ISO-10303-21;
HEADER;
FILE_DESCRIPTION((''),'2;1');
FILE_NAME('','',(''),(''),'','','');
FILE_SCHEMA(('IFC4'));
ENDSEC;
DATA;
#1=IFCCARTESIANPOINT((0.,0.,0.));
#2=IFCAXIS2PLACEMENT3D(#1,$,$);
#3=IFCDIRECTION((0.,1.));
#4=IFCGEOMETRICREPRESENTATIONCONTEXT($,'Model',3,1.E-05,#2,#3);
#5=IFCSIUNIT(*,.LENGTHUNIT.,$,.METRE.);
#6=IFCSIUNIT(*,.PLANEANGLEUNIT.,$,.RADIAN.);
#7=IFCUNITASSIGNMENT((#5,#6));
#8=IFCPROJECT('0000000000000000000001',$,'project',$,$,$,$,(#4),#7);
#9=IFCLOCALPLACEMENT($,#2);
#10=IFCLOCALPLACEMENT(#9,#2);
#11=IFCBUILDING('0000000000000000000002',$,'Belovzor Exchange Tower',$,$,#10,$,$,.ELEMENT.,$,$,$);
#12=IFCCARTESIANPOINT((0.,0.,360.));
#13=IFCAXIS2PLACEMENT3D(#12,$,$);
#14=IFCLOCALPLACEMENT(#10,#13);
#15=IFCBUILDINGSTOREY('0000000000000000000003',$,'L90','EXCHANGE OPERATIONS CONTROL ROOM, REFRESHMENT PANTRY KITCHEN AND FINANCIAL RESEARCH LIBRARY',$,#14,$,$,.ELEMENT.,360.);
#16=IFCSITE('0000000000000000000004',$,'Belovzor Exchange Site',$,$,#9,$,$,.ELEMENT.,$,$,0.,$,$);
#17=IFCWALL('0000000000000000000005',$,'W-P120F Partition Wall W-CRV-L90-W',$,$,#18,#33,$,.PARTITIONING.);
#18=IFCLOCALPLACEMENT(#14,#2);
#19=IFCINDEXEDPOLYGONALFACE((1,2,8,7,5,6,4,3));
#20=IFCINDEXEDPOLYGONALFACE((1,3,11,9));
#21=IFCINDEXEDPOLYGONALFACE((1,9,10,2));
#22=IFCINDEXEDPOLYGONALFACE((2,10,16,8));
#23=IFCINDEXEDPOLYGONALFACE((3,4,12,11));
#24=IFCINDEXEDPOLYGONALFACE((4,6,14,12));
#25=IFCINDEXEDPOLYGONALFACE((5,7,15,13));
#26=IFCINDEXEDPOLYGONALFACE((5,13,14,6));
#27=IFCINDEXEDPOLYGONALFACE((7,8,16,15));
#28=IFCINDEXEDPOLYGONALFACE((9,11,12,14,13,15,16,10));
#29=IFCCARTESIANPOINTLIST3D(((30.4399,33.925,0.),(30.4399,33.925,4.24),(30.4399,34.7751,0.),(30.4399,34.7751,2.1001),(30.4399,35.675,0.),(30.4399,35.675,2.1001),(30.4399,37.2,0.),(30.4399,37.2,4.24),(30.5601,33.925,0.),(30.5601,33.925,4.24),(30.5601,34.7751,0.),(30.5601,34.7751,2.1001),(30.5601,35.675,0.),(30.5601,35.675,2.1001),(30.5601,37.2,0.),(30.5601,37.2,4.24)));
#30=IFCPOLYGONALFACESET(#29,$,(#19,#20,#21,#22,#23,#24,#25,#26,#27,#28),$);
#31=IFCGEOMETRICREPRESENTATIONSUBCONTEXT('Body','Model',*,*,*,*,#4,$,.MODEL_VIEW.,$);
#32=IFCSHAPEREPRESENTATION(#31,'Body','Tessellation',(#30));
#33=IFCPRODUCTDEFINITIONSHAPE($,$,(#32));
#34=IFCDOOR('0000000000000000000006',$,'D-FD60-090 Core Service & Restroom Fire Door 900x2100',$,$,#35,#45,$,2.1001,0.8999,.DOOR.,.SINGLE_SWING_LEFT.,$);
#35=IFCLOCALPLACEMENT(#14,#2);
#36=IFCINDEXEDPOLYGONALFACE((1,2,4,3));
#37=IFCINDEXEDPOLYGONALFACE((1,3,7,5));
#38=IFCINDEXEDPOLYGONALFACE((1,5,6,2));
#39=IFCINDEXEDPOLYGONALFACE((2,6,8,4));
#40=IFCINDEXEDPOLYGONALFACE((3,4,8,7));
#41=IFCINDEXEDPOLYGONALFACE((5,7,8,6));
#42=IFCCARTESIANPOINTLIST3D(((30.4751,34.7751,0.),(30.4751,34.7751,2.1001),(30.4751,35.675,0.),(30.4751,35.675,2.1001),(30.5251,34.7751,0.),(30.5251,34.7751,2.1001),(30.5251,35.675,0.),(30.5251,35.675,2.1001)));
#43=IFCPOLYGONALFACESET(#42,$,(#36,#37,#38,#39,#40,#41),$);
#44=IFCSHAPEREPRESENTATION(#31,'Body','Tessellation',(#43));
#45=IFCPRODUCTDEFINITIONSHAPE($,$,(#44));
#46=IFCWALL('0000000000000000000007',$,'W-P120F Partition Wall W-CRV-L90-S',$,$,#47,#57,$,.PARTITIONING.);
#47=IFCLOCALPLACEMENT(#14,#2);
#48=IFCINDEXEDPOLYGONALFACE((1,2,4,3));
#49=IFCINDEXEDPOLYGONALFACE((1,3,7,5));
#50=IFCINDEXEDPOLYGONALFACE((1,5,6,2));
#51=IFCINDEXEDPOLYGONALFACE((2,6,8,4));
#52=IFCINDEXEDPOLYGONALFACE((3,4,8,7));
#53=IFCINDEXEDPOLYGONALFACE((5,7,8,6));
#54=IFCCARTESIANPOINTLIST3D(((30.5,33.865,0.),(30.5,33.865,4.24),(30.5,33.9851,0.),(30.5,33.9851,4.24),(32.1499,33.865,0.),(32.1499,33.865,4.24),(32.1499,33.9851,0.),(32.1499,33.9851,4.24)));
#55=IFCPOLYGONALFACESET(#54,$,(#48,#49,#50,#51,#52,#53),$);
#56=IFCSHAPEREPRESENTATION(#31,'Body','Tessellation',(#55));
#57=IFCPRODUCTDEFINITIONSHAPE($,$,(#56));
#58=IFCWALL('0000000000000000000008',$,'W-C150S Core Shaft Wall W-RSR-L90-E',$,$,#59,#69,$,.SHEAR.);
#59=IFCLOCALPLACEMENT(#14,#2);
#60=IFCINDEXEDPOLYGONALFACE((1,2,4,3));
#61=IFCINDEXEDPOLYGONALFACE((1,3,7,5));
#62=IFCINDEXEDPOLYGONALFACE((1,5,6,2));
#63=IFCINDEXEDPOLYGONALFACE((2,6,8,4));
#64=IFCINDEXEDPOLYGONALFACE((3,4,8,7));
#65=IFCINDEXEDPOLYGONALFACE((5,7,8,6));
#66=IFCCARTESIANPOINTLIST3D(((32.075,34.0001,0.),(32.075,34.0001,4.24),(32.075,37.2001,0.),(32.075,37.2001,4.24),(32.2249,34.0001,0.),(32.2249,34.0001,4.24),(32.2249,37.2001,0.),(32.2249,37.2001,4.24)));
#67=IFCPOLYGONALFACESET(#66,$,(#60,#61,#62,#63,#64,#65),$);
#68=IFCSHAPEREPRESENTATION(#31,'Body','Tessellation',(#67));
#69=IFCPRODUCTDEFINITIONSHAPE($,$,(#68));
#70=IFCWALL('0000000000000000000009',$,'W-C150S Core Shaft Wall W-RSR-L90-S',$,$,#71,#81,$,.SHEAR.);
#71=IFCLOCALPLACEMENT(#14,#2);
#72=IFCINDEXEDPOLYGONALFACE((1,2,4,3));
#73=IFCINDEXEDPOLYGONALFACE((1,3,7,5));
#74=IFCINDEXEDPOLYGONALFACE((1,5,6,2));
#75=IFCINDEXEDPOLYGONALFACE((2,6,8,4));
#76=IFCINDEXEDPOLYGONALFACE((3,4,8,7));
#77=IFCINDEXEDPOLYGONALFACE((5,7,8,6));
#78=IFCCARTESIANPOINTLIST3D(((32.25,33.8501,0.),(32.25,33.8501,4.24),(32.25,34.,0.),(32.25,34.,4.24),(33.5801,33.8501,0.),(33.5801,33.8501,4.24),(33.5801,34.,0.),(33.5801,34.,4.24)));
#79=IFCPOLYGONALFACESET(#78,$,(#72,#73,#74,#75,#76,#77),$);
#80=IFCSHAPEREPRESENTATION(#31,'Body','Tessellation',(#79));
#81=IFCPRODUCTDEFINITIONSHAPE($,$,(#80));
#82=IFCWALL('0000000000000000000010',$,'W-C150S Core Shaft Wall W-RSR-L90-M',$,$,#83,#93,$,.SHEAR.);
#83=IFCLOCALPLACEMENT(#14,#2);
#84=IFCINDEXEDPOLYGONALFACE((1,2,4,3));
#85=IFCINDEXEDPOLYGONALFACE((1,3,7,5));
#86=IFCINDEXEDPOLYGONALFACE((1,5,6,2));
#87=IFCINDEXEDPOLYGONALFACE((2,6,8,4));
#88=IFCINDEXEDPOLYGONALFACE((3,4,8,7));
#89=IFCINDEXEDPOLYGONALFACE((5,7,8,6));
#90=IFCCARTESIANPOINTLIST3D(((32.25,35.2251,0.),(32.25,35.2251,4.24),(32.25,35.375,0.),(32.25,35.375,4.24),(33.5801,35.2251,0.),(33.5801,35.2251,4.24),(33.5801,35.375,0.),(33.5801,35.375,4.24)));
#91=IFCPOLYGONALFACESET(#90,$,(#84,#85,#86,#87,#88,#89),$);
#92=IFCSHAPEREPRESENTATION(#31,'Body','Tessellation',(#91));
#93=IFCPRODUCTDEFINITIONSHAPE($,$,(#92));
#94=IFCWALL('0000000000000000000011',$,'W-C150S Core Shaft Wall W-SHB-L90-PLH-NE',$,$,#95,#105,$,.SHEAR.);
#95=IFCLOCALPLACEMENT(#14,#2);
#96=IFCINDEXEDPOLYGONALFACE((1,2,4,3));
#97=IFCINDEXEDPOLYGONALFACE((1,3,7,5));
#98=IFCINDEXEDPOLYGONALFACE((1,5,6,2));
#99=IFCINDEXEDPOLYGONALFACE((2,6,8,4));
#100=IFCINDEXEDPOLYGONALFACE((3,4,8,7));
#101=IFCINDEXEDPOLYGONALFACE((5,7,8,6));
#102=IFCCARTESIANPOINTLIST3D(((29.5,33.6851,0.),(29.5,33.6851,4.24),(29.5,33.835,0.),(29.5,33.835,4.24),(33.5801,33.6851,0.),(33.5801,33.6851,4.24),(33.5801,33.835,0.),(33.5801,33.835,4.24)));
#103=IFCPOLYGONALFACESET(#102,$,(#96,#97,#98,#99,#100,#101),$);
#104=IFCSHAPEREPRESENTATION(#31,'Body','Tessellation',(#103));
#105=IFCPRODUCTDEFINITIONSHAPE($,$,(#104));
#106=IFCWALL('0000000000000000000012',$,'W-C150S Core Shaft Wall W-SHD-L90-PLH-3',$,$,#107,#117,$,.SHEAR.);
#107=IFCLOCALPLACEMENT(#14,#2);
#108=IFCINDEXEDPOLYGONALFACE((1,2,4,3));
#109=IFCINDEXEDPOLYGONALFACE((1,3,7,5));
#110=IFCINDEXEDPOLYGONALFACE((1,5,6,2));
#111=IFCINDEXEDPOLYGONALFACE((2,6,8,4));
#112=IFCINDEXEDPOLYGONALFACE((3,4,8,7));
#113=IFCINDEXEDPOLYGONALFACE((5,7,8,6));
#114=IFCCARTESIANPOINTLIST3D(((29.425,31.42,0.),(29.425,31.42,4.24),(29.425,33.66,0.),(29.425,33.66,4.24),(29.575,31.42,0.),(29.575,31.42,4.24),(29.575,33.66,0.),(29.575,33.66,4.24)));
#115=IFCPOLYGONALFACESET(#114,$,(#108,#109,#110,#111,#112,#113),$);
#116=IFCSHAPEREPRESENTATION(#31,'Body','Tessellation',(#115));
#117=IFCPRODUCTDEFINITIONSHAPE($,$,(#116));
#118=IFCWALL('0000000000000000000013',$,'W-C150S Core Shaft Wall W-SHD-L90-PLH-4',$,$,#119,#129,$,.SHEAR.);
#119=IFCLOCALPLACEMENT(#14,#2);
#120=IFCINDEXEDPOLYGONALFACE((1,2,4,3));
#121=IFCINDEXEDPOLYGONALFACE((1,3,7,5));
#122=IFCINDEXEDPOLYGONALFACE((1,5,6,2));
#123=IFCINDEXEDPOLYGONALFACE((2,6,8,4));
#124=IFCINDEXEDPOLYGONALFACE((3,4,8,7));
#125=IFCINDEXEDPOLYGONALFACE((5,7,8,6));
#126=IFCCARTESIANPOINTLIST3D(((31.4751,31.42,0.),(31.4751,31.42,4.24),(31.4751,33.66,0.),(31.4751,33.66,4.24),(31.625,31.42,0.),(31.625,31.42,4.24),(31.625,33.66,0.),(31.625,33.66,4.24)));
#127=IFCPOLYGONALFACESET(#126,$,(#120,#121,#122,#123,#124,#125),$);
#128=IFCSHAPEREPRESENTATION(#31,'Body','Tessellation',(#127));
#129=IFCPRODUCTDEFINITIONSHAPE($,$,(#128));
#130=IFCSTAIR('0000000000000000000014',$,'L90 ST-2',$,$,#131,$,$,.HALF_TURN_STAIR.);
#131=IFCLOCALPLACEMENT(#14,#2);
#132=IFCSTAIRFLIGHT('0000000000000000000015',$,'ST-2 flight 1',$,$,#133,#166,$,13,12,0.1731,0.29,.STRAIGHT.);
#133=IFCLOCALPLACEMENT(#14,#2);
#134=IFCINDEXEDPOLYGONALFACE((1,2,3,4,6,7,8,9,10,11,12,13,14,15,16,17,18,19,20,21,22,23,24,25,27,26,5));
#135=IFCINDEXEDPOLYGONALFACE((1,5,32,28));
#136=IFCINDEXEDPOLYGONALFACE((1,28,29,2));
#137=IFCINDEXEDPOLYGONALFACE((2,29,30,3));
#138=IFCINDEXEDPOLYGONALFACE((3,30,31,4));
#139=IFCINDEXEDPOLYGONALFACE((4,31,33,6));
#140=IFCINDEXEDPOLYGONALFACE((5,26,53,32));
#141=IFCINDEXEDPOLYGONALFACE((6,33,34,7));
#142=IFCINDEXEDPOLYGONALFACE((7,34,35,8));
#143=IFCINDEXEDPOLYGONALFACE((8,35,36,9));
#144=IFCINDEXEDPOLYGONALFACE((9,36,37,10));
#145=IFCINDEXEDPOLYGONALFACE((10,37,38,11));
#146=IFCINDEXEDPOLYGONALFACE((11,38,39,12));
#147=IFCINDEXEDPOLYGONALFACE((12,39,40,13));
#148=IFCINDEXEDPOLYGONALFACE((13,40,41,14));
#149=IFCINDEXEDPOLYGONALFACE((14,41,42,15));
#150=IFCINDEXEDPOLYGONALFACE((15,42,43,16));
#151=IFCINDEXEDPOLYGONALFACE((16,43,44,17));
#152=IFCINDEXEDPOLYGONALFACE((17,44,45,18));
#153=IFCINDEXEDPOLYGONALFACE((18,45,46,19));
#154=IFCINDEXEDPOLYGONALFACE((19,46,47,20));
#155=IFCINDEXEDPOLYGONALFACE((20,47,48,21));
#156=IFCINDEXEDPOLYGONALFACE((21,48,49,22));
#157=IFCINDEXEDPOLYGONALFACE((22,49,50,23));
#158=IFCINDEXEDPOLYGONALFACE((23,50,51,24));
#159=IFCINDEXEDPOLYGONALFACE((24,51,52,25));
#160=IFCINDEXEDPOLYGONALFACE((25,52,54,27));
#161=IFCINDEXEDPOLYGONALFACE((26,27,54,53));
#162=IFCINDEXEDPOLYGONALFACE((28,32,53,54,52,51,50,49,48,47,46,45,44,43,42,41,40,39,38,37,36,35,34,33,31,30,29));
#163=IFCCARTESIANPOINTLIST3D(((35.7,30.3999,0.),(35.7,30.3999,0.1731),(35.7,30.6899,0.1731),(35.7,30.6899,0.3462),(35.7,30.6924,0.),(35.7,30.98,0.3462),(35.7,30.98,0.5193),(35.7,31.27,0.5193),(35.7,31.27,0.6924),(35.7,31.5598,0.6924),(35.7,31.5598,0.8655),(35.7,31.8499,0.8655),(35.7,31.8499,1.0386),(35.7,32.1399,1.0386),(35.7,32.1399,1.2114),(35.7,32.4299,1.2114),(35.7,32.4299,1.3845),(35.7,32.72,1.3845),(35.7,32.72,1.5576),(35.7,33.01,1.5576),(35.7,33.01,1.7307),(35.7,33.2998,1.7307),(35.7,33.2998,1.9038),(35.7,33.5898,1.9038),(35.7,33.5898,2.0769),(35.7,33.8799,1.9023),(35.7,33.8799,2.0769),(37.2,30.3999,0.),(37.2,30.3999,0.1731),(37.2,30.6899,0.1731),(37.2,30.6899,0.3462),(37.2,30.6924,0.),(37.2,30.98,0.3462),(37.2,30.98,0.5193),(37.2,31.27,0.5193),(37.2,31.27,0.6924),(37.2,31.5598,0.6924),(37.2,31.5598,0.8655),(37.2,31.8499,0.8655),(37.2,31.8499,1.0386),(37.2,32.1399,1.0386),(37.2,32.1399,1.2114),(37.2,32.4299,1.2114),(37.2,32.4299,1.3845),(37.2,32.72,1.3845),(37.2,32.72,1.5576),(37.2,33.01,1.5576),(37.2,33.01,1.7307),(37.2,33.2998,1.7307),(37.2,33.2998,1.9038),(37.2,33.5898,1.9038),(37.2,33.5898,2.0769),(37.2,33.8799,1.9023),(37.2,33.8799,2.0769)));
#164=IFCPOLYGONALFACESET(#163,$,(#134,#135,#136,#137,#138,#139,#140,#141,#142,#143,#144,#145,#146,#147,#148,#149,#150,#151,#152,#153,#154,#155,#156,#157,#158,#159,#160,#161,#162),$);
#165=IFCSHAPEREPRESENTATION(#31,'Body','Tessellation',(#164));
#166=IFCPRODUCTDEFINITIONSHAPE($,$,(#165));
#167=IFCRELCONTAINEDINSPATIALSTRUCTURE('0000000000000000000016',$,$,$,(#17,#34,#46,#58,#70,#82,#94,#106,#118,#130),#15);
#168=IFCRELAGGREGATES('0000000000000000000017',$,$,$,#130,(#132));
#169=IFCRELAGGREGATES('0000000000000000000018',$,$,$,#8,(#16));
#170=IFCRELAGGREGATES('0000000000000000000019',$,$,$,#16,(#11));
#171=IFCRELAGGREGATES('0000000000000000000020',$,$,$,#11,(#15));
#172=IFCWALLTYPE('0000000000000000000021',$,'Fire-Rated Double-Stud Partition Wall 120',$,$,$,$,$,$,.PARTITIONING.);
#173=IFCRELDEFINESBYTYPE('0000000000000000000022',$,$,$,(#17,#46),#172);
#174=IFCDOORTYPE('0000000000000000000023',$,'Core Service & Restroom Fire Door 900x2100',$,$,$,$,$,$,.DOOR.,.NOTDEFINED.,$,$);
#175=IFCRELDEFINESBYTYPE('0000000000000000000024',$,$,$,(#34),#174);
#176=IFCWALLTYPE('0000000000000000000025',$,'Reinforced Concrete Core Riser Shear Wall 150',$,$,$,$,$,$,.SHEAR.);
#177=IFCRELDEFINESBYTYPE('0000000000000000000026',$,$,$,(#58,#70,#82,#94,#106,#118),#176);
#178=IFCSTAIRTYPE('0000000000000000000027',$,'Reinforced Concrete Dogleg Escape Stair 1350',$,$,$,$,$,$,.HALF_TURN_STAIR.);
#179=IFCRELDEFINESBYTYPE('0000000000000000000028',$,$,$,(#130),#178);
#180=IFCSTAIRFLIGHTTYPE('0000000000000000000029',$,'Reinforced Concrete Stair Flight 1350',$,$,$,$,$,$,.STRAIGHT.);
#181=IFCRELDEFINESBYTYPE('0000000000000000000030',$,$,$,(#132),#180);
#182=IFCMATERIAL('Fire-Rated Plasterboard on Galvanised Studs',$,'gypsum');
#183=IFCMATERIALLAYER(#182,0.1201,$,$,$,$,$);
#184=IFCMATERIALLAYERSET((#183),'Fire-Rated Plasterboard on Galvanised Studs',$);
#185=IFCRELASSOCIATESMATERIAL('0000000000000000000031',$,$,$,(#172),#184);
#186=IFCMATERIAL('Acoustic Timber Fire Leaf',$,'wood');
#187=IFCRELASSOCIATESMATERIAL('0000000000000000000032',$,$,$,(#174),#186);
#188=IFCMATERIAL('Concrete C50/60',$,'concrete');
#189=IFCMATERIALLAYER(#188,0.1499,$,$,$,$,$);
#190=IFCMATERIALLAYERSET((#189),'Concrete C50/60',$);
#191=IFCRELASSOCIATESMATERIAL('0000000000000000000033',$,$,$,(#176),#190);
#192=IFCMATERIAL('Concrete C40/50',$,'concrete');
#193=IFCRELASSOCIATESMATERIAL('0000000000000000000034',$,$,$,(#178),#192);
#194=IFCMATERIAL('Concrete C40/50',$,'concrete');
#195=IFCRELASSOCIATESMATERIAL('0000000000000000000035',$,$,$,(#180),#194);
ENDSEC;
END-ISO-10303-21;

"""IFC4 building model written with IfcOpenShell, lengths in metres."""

from ifc_helpers import new_model, si_unit, direction, frame, frame_2d, origin, place, context, subcontext, project, spatial, polyline, rectangle, outline, extrude, material, layer, layer_set, type_object, element, fill, aggregate, save


model = new_model("IFC4")

# Units and contexts
model_context = context("Model", 3, precision=1e-05, world=origin(), true_north=direction((0.0, 1.0)))
body_context = subcontext(model_context, "Body", "Model", "MODEL_VIEW")
ifc_project = project(units=[si_unit("LENGTHUNIT", "METRE"), si_unit("PLANEANGLEUNIT", "RADIAN")], contexts=[model_context])

# Site, building, storey
site_placement = place(None, origin())
site = spatial("IfcSite", under=ifc_project, at=site_placement, Name="Belovzor Exchange Site", CompositionType="ELEMENT", RefElevation=0.0)
building_placement = place(site_placement, origin())
building = spatial("IfcBuilding", under=site, at=building_placement, Name="Belovzor Exchange Tower", CompositionType="ELEMENT")
storey_placement = place(building_placement, frame((0.0, 0.0, 360.0)))
storey = spatial("IfcBuildingStorey", under=building, at=storey_placement, Name="L90", Description="EXCHANGE OPERATIONS CONTROL ROOM, REFRESHMENT PANTRY KITCHEN AND FINANCIAL RESEARCH LIBRARY", CompositionType="ELEMENT", Elevation=360.0)

# Wall, opening, door
ifc_material_1 = material(Name="Fire-Rated Plasterboard on Galvanised Studs", Category="gypsum")
ifc_layer_1 = layer(ifc_material_1, 0.1201)
ifc_layer_set_1 = layer_set([ifc_layer_1], Name="Fire-Rated Plasterboard on Galvanised Studs")
wall_type_1 = type_object("IfcWallType", Name="Fire-Rated Double-Stud Partition Wall 120", PredefinedType="PARTITIONING", material=ifc_layer_set_1)
wall_1_placement = place(storey_placement, frame((30.5, 33.925, 0.0), z_axis=(0.0, 0.0, 1.0), x_axis=(0.0, 1.0, 0.0)))
wall_1 = element("IfcWall", 1, at=wall_1_placement, inside=storey, type_object=wall_type_1, Name="W-P120F Partition Wall W-CRV-L90-W", PredefinedType="PARTITIONING", context=body_context, shape_type="SweptSolid", body=[
    extrude(rectangle(XDim=3.2749, YDim=0.1201, at=frame_2d((1.6375, 0.0))), origin(), (0.0, 0.0, 1.0), 4.24),
])
opening_1_placement = place(wall_1_placement, frame((0.8501, 0.0, 0.0)))
opening_1 = element("IfcOpeningElement", 2, at=opening_1_placement, cuts=wall_1, PredefinedType="OPENING", context=body_context, shape_type="SweptSolid", body=[
    extrude(rectangle(XDim=0.8999, YDim=2.1001, at=frame_2d((0.45, 1.05))), frame((0.0, 0.0701, 0.0), z_axis=(0.0, -1.0, 0.0), x_axis=(1.0, 0.0, 0.0)), (0.0, 0.0, 1.0), 0.1401),
])
ifc_material_2 = material(Name="Acoustic Timber Fire Leaf", Category="wood")
door_type_1 = type_object("IfcDoorType", Name="Core Service & Restroom Fire Door 900x2100", OperationType="NOTDEFINED", PredefinedType="DOOR", material=ifc_material_2)
door_1_placement = place(opening_1_placement, origin())
door_1 = element("IfcDoor", 3, at=door_1_placement, inside=storey, type_object=door_type_1, Name="D-FD60-090 Core Service & Restroom Fire Door 900x2100", OperationType="SINGLE_SWING_LEFT", OverallHeight=2.1001, OverallWidth=0.8999, PredefinedType="DOOR", context=body_context, shape_type="SweptSolid", body=[
    extrude(rectangle(XDim=0.8999, YDim=2.1001, at=frame_2d((0.45, 1.05))), frame((0.0, 0.0249, 0.0), z_axis=(0.0, -1.0, 0.0), x_axis=(1.0, 0.0, 0.0)), (0.0, 0.0, 1.0), 0.05),
])
fill(opening_1, door_1)

# Walls
wall_2_placement = place(storey_placement, frame((30.5, 33.925, 0.0), z_axis=(0.0, 0.0, 1.0), x_axis=(1.0, 0.0, 0.0)))
element("IfcWall", 4, at=wall_2_placement, inside=storey, type_object=wall_type_1, Name="W-P120F Partition Wall W-CRV-L90-S", PredefinedType="PARTITIONING", context=body_context, shape_type="SweptSolid", body=[
    extrude(rectangle(XDim=1.6499, YDim=0.1201, at=frame_2d((0.825, 0.0))), origin(), (0.0, 0.0, 1.0), 4.24),
])
ifc_material_3 = material(Name="Concrete C50/60", Category="concrete")
ifc_layer_2 = layer(ifc_material_3, 0.1499)
ifc_layer_set_2 = layer_set([ifc_layer_2], Name="Concrete C50/60")
wall_type_2 = type_object("IfcWallType", Name="Reinforced Concrete Core Riser Shear Wall 150", PredefinedType="SHEAR", material=ifc_layer_set_2)
wall_3_placement = place(storey_placement, frame((32.1499, 34.0, 0.0), z_axis=(0.0, 0.0, 1.0), x_axis=(0.0, 1.0, 0.0)))
element("IfcWall", 5, at=wall_3_placement, inside=storey, type_object=wall_type_2, Name="W-C150S Core Shaft Wall W-RSR-L90-E", PredefinedType="SHEAR", context=body_context, shape_type="SweptSolid", body=[
    extrude(rectangle(XDim=3.2, YDim=0.1499, at=frame_2d((1.6001, 0.0))), origin(), (0.0, 0.0, 1.0), 4.24),
])
for number, where, z_axis, x_axis, name in (
    (6, (32.25, 33.925, 0.0), (0.0, 0.0, 1.0), (1.0, 0.0, 0.0), "W-C150S Core Shaft Wall W-RSR-L90-S"),
    (7, (32.25, 35.3, 0.0), (0.0, 0.0, 1.0), (1.0, 0.0, 0.0), "W-C150S Core Shaft Wall W-RSR-L90-M"),
):
    element("IfcWall", number, at=place(storey_placement, frame(where, z_axis=z_axis, x_axis=x_axis)), inside=storey, type_object=wall_type_2, Name=name, PredefinedType="SHEAR", context=body_context, shape_type="SweptSolid", body=[
        extrude(rectangle(XDim=1.3301, YDim=0.1499, at=frame_2d((0.665, 0.0))), origin(), (0.0, 0.0, 1.0), 4.24),
    ])
wall_4_placement = place(storey_placement, frame((29.5, 33.76, 0.0), z_axis=(0.0, 0.0, 1.0), x_axis=(1.0, 0.0, 0.0)))
element("IfcWall", 8, at=wall_4_placement, inside=storey, type_object=wall_type_2, Name="W-C150S Core Shaft Wall W-SHB-L90-PLH-NE", PredefinedType="SHEAR", context=body_context, shape_type="SweptSolid", body=[
    extrude(rectangle(XDim=4.0801, YDim=0.1499, at=frame_2d((2.04, 0.0))), origin(), (0.0, 0.0, 1.0), 4.24),
])
for number, where, z_axis, x_axis, name in (
    (9, (29.5, 31.4199, 0.0), (0.0, 0.0, 1.0), (0.0, 1.0, 0.0), "W-C150S Core Shaft Wall W-SHD-L90-PLH-3"),
    (10, (31.55, 31.4199, 0.0), (0.0, 0.0, 1.0), (0.0, 1.0, 0.0), "W-C150S Core Shaft Wall W-SHD-L90-PLH-4"),
):
    element("IfcWall", number, at=place(storey_placement, frame(where, z_axis=z_axis, x_axis=x_axis)), inside=storey, type_object=wall_type_2, Name=name, PredefinedType="SHEAR", context=body_context, shape_type="SweptSolid", body=[
        extrude(rectangle(XDim=2.24, YDim=0.1499, at=frame_2d((1.1201, 0.0))), origin(), (0.0, 0.0, 1.0), 4.24),
    ])

# Stair, stair flight
ifc_material_4 = material(Name="Concrete C40/50", Category="concrete")
stair_type = type_object("IfcStairType", Name="Reinforced Concrete Dogleg Escape Stair 1350", PredefinedType="HALF_TURN_STAIR", material=ifc_material_4)
stair_placement = place(storey_placement, origin())
stair = element("IfcStair", 11, at=stair_placement, inside=storey, type_object=stair_type, Name="L90 ST-2", PredefinedType="HALF_TURN_STAIR")
ifc_material_5 = material(Name="Concrete C40/50", Category="concrete")
stair_flight_type = type_object("IfcStairFlightType", Name="Reinforced Concrete Stair Flight 1350", PredefinedType="STRAIGHT", material=ifc_material_5)
stair_flight_1_placement = place(storey_placement, frame((36.45, 30.3999, 0.0), z_axis=(0.0, 0.0, 1.0), x_axis=(0.0, 1.0, 0.0)))
stair_flight_1 = element("IfcStairFlight", 12, at=stair_flight_1_placement, type_object=stair_flight_type, Name="ST-2 flight 1", NumberOfRisers=13, NumberOfTreads=12, PredefinedType="STRAIGHT", RiserHeight=0.1731, TreadLength=0.29, context=body_context, shape_type="SweptSolid", body=[
    extrude(outline(polyline([(0.0, 0.0), (0.0, 0.1731), (0.29, 0.1731), (0.29, 0.3462), (0.5801, 0.3462), (0.5801, 0.5193), (0.8701, 0.5193), (0.8701, 0.6924), (1.1599, 0.6924), (1.1599, 0.8655), (1.45, 0.8655), (1.45, 1.0386), (1.74, 1.0386), (1.74, 1.2114), (2.03, 1.2114), (2.03, 1.3845), (2.3201, 1.3845), (2.3201, 1.5576), (2.6101, 1.5576), (2.6101, 1.7307), (2.8999, 1.7307), (2.8999, 1.9038), (3.1899, 1.9038), (3.1899, 2.0769), (3.48, 2.0769), (3.48, 2.25), (3.48, 1.9023), (0.2925, 0.0), (0.0, 0.0)])), frame((0.0, 0.75, 0.0), z_axis=(0.0, -1.0, 0.0), x_axis=(1.0, 0.0, 0.0)), (0.0, 0.0, 1.0), 1.5),
])
aggregate(stair, [stair_flight_1])

save(model, "model.ifc")
